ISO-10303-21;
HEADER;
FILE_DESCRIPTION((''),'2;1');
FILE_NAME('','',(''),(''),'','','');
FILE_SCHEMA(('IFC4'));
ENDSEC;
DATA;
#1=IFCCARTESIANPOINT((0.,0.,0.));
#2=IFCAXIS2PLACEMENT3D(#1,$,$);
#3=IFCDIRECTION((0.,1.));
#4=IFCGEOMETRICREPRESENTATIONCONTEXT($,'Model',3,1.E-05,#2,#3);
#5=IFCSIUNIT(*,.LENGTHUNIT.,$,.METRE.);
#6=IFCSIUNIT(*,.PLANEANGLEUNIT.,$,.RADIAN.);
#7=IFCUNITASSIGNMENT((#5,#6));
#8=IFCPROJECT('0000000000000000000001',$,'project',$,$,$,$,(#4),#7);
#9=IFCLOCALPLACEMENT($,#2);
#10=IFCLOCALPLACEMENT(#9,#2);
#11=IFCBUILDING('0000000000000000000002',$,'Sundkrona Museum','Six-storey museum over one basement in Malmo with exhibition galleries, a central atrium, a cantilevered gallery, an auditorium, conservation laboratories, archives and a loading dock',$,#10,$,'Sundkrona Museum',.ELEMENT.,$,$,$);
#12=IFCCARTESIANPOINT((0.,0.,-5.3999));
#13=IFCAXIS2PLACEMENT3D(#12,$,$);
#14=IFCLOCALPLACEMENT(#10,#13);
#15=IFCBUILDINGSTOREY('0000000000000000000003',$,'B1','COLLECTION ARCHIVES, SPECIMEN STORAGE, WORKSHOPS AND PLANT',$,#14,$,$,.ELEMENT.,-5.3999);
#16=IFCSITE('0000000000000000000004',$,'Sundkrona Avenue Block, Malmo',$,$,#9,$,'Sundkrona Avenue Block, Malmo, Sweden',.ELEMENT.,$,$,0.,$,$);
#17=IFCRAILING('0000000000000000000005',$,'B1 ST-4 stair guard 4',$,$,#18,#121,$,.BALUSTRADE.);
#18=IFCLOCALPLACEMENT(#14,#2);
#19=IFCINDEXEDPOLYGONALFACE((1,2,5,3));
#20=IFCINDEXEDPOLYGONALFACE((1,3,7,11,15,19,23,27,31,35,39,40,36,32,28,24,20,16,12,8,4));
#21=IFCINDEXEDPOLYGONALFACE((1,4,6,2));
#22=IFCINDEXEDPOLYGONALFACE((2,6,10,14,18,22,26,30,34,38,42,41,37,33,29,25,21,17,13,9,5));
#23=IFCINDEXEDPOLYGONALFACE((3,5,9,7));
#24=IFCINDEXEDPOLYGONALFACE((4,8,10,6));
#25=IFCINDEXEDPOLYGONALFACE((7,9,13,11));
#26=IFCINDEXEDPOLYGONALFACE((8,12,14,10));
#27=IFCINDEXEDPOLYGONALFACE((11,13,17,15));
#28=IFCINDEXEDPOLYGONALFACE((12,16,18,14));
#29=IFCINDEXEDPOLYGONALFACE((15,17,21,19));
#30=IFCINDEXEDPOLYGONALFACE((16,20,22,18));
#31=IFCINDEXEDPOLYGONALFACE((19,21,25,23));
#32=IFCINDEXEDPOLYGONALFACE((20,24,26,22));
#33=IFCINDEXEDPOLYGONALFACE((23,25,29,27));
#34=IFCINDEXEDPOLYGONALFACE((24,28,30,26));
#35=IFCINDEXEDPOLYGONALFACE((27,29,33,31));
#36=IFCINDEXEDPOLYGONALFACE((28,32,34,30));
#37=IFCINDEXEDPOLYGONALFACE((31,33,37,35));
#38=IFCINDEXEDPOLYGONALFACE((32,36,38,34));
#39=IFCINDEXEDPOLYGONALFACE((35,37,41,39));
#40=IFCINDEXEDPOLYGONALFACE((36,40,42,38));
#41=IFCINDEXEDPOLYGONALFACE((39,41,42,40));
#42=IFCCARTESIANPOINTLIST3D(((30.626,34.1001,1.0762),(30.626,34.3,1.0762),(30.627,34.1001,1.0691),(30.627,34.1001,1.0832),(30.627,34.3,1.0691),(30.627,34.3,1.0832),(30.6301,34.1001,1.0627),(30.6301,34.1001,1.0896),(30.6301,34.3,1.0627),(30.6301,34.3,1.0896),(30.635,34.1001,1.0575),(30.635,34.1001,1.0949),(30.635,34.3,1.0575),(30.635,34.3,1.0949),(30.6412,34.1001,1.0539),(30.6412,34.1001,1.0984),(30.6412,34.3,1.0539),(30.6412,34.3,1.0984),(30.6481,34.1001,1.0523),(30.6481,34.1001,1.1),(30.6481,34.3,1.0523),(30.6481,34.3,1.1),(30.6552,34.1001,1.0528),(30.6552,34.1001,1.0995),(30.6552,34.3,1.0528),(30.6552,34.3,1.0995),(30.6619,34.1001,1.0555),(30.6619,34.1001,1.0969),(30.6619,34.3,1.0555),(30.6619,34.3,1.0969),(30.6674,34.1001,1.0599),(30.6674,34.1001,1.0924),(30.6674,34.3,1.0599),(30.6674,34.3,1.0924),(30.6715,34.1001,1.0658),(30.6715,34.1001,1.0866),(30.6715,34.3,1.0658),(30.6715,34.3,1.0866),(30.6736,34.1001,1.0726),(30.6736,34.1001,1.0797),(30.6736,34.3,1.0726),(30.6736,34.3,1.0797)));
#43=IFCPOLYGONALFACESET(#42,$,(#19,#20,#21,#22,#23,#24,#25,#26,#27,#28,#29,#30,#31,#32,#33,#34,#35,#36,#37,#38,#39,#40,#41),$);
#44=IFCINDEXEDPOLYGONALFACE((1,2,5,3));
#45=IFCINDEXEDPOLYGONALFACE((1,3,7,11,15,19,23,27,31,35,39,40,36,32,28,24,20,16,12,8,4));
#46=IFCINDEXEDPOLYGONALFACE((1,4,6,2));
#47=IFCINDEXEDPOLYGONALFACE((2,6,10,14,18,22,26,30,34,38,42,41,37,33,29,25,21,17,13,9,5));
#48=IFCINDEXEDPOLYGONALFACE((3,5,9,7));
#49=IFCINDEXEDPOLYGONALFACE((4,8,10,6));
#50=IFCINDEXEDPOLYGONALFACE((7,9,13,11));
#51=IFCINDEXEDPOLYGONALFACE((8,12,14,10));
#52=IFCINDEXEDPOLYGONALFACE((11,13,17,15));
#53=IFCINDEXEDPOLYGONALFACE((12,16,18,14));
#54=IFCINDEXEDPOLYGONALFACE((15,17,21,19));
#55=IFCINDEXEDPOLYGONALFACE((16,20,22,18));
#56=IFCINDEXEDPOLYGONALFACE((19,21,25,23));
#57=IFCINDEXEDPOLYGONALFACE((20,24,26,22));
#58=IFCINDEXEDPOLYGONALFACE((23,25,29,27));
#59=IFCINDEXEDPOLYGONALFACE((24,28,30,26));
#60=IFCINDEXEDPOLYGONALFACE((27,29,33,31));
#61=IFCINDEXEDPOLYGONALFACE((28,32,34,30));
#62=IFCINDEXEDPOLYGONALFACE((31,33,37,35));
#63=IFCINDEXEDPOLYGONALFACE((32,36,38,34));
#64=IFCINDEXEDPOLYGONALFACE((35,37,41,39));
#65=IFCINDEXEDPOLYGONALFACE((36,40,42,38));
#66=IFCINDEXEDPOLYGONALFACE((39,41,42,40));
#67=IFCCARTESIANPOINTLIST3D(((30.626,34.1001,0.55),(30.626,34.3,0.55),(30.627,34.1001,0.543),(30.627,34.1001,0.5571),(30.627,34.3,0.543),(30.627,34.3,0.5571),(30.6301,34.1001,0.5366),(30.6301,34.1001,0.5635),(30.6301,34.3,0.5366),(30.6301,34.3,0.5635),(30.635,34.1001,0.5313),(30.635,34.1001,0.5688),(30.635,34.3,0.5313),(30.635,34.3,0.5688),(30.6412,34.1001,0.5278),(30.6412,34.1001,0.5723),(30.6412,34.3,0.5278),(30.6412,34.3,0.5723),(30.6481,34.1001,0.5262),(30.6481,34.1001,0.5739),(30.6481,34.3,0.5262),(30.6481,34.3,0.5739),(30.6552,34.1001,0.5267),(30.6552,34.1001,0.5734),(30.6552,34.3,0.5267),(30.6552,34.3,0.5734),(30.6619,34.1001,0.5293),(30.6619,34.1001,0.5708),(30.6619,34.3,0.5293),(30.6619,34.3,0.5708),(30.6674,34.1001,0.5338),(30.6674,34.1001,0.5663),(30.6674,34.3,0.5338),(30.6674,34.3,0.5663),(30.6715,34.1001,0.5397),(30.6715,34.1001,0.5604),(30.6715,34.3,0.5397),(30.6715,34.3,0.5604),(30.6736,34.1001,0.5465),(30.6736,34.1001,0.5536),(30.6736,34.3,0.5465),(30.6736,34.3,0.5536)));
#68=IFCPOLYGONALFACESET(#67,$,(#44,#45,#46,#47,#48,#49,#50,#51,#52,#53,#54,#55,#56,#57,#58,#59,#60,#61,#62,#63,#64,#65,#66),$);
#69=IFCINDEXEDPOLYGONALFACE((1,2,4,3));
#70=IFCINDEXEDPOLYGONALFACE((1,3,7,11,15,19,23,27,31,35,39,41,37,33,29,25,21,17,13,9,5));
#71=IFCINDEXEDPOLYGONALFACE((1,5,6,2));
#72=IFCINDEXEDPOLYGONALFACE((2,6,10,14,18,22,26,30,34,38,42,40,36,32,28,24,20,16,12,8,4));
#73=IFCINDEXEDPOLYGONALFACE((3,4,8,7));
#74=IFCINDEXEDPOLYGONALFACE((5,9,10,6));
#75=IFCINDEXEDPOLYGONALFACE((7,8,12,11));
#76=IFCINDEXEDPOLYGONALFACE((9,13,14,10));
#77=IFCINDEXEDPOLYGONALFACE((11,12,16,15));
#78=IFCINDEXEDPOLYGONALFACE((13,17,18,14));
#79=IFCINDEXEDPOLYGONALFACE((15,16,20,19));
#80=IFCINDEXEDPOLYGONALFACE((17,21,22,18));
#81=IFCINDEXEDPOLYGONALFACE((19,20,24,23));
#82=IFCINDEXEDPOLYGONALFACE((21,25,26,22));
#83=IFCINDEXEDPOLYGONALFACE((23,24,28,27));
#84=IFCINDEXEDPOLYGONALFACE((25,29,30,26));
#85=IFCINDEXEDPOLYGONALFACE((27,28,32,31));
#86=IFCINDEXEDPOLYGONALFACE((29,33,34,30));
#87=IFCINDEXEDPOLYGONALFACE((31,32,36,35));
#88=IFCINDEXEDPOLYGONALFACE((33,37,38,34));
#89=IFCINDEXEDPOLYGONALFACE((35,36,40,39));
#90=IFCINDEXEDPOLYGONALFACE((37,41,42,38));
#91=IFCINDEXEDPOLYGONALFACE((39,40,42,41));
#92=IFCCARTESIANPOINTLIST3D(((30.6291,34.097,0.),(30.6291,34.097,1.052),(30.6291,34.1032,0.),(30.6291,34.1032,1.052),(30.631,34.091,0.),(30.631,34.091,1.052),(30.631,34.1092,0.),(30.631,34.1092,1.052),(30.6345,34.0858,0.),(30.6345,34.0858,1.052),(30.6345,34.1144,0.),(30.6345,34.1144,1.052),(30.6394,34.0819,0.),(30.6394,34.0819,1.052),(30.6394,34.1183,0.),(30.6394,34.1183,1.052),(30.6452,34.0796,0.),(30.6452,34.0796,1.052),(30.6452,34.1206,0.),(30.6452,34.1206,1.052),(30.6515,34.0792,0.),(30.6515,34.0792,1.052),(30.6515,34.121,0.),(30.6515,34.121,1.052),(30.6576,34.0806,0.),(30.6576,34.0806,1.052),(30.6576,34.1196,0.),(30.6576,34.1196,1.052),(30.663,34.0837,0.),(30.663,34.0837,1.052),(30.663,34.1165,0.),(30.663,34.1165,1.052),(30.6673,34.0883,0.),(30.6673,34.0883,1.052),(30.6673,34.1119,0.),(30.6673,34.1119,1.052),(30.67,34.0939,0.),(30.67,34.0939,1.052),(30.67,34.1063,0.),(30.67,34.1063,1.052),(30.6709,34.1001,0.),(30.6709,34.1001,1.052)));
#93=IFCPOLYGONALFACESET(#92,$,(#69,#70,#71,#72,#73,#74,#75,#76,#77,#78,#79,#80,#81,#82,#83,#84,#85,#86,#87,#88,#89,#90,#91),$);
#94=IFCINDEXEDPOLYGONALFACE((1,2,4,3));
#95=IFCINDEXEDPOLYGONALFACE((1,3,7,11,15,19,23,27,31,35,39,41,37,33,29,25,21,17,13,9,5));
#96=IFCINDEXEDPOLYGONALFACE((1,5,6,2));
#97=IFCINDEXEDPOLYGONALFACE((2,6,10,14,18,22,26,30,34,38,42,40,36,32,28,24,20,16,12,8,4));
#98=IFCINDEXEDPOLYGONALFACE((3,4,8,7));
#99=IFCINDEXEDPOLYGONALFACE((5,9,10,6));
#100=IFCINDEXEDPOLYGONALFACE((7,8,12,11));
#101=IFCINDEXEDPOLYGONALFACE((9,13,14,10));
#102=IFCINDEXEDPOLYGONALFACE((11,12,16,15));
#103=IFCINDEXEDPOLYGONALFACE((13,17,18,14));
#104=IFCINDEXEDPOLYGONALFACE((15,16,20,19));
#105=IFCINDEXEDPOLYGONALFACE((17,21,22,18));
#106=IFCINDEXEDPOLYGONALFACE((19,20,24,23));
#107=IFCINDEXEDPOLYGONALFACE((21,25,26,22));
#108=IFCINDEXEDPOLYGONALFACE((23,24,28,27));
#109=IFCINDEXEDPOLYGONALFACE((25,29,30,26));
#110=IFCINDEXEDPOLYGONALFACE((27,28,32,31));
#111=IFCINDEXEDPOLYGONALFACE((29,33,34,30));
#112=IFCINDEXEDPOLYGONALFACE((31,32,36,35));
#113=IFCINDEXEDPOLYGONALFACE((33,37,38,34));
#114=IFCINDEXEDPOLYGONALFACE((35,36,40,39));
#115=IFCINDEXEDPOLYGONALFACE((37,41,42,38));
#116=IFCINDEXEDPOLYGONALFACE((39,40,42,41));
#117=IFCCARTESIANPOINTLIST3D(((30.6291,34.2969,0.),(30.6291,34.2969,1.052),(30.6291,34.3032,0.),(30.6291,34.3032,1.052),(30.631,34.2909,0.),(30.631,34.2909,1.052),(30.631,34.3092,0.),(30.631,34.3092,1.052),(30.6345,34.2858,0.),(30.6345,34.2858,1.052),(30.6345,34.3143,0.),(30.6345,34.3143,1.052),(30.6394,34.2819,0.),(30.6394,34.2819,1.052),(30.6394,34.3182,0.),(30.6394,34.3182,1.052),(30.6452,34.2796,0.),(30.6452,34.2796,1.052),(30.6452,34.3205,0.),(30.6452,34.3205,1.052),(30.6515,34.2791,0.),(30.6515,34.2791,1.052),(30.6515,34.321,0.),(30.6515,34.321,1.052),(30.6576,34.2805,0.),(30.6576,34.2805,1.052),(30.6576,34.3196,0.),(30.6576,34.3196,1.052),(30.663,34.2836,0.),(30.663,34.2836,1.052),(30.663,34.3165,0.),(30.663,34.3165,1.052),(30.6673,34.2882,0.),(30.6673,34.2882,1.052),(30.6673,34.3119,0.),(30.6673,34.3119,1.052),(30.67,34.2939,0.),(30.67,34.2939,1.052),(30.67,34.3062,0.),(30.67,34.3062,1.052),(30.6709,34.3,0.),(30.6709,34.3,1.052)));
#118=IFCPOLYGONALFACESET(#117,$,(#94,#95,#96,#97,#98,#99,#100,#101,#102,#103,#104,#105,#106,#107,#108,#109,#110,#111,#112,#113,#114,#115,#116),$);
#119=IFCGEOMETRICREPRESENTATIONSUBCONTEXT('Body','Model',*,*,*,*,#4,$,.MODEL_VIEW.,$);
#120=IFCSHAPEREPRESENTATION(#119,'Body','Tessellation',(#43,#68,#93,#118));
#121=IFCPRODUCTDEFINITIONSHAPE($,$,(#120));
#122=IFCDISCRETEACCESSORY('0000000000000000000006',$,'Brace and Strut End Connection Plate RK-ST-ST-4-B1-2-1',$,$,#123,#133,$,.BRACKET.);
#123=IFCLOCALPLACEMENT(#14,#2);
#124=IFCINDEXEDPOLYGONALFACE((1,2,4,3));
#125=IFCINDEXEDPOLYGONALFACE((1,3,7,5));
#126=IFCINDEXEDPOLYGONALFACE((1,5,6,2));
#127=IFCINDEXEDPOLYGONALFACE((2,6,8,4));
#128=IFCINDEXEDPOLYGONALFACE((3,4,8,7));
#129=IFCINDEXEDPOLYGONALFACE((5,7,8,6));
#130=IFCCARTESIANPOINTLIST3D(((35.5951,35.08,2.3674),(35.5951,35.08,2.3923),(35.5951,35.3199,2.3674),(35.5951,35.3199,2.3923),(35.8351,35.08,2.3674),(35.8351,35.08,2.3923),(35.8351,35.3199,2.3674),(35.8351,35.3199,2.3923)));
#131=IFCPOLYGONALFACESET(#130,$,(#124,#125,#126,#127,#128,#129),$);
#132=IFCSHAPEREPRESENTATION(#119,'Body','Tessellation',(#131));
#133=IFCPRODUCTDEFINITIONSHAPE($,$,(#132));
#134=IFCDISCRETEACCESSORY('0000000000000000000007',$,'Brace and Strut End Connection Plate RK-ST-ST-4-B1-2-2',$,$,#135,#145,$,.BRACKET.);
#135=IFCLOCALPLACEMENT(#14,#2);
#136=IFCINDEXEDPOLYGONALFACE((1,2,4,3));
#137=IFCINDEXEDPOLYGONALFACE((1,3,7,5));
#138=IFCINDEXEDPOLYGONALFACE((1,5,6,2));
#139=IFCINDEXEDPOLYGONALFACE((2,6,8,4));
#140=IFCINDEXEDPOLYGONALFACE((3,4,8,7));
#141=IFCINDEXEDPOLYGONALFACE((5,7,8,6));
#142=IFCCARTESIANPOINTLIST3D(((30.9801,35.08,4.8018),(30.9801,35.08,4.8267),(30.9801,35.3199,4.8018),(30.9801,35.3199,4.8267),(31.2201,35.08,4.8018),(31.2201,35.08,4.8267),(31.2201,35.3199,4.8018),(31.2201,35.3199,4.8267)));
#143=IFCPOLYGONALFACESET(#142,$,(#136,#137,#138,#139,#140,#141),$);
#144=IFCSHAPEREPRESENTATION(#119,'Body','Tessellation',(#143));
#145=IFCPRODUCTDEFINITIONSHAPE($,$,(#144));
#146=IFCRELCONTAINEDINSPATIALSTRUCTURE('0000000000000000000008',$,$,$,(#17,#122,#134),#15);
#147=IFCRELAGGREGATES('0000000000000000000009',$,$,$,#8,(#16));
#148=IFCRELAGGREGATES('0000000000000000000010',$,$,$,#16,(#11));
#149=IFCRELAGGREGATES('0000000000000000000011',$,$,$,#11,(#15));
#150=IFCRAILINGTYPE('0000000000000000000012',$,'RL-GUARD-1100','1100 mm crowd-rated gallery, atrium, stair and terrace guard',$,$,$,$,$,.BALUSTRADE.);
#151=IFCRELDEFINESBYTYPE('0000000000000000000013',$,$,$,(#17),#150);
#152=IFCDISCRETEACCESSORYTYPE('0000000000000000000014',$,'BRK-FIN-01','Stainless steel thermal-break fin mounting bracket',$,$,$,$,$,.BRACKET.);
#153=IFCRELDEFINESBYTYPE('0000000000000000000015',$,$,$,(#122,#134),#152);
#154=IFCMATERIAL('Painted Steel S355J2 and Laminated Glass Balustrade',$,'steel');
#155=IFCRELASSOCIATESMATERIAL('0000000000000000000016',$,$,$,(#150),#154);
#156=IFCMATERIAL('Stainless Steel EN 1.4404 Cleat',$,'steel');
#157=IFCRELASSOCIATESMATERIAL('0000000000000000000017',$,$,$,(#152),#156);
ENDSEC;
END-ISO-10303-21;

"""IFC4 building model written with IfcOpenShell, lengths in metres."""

from ifc_helpers import new_model, si_unit, direction, frame, origin, origin_2d, place, context, subcontext, project, spatial, rectangle, circle, extrude, material, type_object, element, save


model = new_model("IFC4")

# Units and contexts
model_context = context("Model", 3, precision=1e-05, world=origin(), true_north=direction((0.0, 1.0)))
body_context = subcontext(model_context, "Body", "Model", "MODEL_VIEW")
ifc_project = project(units=[si_unit("LENGTHUNIT", "METRE"), si_unit("PLANEANGLEUNIT", "RADIAN")], contexts=[model_context])

# Site, building, storey
site_placement = place(None, origin())
site = spatial("IfcSite", under=ifc_project, at=site_placement, Name="Sundkrona Avenue Block, Malmo", LongName="Sundkrona Avenue Block, Malmo, Sweden", CompositionType="ELEMENT", RefElevation=0.0)
building_placement = place(site_placement, origin())
building = spatial("IfcBuilding", under=site, at=building_placement, Name="Sundkrona Museum", Description="Six-storey museum over one basement in Malmo with exhibition galleries, a central atrium, a cantilevered gallery, an auditorium, conservation laboratories, archives and a loading dock", LongName="Sundkrona Museum", CompositionType="ELEMENT")
storey_placement = place(building_placement, frame((0.0, 0.0, -5.3999)))
storey = spatial("IfcBuildingStorey", under=building, at=storey_placement, Name="B1", Description="COLLECTION ARCHIVES, SPECIMEN STORAGE, WORKSHOPS AND PLANT", CompositionType="ELEMENT", Elevation=-5.3999)

# Railing
ifc_material_1 = material(Name="Painted Steel S355J2 and Laminated Glass Balustrade", Category="steel")
railing_type_1 = type_object("IfcRailingType", Name="RL-GUARD-1100", Description="1100 mm crowd-rated gallery, atrium, stair and terrace guard", PredefinedType="BALUSTRADE", material=ifc_material_1)
railing_1_placement = place(storey_placement, frame((30.6499, 34.1001, 0.0)))
element("IfcRailing", 1, at=railing_1_placement, inside=storey, type_object=railing_type_1, Name="B1 ST-4 stair guard 4", PredefinedType="BALUSTRADE", context=body_context, shape_type="SweptSolid", body=[
    extrude(circle(Radius=0.0239, at=origin_2d()), frame((0.0, 0.0, 1.0762), z_axis=(0.0, 1.0, 0.0), x_axis=(-1.0, 0.0, 0.0)), (0.0, 0.0, 1.0), 0.2),
    extrude(circle(Radius=0.0239, at=origin_2d()), frame((0.0, 0.0, 0.55), z_axis=(0.0, 1.0, 0.0), x_axis=(-1.0, 0.0, 0.0)), (0.0, 0.0, 1.0), 0.2),
    extrude(circle(Radius=0.021, at=origin_2d()), origin(), (0.0, 0.0, 1.0), 1.052),
    extrude(circle(Radius=0.021, at=origin_2d()), frame((0.0, 0.2, 0.0)), (0.0, 0.0, 1.0), 1.052),
])

# Discrete accessories
ifc_material_2 = material(Name="Stainless Steel EN 1.4404 Cleat", Category="steel")
discrete_accessory_type = type_object("IfcDiscreteAccessoryType", Name="BRK-FIN-01", Description="Stainless steel thermal-break fin mounting bracket", PredefinedType="BRACKET", material=ifc_material_2)
for number, where, z_axis, x_axis, name in (
    (2, (35.7151, 35.2, 2.3674), (0.0, 0.0, 1.0), (1.0, 0.0, 0.0), "Brace and Strut End Connection Plate RK-ST-ST-4-B1-2-1"),
    (3, (31.1001, 35.2, 4.8018), (0.0, 0.0, 1.0), (1.0, 0.0, 0.0), "Brace and Strut End Connection Plate RK-ST-ST-4-B1-2-2"),
):
    element("IfcDiscreteAccessory", number, at=place(storey_placement, frame(where, z_axis=z_axis, x_axis=x_axis)), inside=storey, type_object=discrete_accessory_type, Name=name, PredefinedType="BRACKET", context=body_context, shape_type="SweptSolid", body=[
        extrude(rectangle(XDim=0.24, YDim=0.24, at=origin_2d()), origin(), (0.0, 0.0, 1.0), 0.0249),
    ])

save(model, "model.ifc")
